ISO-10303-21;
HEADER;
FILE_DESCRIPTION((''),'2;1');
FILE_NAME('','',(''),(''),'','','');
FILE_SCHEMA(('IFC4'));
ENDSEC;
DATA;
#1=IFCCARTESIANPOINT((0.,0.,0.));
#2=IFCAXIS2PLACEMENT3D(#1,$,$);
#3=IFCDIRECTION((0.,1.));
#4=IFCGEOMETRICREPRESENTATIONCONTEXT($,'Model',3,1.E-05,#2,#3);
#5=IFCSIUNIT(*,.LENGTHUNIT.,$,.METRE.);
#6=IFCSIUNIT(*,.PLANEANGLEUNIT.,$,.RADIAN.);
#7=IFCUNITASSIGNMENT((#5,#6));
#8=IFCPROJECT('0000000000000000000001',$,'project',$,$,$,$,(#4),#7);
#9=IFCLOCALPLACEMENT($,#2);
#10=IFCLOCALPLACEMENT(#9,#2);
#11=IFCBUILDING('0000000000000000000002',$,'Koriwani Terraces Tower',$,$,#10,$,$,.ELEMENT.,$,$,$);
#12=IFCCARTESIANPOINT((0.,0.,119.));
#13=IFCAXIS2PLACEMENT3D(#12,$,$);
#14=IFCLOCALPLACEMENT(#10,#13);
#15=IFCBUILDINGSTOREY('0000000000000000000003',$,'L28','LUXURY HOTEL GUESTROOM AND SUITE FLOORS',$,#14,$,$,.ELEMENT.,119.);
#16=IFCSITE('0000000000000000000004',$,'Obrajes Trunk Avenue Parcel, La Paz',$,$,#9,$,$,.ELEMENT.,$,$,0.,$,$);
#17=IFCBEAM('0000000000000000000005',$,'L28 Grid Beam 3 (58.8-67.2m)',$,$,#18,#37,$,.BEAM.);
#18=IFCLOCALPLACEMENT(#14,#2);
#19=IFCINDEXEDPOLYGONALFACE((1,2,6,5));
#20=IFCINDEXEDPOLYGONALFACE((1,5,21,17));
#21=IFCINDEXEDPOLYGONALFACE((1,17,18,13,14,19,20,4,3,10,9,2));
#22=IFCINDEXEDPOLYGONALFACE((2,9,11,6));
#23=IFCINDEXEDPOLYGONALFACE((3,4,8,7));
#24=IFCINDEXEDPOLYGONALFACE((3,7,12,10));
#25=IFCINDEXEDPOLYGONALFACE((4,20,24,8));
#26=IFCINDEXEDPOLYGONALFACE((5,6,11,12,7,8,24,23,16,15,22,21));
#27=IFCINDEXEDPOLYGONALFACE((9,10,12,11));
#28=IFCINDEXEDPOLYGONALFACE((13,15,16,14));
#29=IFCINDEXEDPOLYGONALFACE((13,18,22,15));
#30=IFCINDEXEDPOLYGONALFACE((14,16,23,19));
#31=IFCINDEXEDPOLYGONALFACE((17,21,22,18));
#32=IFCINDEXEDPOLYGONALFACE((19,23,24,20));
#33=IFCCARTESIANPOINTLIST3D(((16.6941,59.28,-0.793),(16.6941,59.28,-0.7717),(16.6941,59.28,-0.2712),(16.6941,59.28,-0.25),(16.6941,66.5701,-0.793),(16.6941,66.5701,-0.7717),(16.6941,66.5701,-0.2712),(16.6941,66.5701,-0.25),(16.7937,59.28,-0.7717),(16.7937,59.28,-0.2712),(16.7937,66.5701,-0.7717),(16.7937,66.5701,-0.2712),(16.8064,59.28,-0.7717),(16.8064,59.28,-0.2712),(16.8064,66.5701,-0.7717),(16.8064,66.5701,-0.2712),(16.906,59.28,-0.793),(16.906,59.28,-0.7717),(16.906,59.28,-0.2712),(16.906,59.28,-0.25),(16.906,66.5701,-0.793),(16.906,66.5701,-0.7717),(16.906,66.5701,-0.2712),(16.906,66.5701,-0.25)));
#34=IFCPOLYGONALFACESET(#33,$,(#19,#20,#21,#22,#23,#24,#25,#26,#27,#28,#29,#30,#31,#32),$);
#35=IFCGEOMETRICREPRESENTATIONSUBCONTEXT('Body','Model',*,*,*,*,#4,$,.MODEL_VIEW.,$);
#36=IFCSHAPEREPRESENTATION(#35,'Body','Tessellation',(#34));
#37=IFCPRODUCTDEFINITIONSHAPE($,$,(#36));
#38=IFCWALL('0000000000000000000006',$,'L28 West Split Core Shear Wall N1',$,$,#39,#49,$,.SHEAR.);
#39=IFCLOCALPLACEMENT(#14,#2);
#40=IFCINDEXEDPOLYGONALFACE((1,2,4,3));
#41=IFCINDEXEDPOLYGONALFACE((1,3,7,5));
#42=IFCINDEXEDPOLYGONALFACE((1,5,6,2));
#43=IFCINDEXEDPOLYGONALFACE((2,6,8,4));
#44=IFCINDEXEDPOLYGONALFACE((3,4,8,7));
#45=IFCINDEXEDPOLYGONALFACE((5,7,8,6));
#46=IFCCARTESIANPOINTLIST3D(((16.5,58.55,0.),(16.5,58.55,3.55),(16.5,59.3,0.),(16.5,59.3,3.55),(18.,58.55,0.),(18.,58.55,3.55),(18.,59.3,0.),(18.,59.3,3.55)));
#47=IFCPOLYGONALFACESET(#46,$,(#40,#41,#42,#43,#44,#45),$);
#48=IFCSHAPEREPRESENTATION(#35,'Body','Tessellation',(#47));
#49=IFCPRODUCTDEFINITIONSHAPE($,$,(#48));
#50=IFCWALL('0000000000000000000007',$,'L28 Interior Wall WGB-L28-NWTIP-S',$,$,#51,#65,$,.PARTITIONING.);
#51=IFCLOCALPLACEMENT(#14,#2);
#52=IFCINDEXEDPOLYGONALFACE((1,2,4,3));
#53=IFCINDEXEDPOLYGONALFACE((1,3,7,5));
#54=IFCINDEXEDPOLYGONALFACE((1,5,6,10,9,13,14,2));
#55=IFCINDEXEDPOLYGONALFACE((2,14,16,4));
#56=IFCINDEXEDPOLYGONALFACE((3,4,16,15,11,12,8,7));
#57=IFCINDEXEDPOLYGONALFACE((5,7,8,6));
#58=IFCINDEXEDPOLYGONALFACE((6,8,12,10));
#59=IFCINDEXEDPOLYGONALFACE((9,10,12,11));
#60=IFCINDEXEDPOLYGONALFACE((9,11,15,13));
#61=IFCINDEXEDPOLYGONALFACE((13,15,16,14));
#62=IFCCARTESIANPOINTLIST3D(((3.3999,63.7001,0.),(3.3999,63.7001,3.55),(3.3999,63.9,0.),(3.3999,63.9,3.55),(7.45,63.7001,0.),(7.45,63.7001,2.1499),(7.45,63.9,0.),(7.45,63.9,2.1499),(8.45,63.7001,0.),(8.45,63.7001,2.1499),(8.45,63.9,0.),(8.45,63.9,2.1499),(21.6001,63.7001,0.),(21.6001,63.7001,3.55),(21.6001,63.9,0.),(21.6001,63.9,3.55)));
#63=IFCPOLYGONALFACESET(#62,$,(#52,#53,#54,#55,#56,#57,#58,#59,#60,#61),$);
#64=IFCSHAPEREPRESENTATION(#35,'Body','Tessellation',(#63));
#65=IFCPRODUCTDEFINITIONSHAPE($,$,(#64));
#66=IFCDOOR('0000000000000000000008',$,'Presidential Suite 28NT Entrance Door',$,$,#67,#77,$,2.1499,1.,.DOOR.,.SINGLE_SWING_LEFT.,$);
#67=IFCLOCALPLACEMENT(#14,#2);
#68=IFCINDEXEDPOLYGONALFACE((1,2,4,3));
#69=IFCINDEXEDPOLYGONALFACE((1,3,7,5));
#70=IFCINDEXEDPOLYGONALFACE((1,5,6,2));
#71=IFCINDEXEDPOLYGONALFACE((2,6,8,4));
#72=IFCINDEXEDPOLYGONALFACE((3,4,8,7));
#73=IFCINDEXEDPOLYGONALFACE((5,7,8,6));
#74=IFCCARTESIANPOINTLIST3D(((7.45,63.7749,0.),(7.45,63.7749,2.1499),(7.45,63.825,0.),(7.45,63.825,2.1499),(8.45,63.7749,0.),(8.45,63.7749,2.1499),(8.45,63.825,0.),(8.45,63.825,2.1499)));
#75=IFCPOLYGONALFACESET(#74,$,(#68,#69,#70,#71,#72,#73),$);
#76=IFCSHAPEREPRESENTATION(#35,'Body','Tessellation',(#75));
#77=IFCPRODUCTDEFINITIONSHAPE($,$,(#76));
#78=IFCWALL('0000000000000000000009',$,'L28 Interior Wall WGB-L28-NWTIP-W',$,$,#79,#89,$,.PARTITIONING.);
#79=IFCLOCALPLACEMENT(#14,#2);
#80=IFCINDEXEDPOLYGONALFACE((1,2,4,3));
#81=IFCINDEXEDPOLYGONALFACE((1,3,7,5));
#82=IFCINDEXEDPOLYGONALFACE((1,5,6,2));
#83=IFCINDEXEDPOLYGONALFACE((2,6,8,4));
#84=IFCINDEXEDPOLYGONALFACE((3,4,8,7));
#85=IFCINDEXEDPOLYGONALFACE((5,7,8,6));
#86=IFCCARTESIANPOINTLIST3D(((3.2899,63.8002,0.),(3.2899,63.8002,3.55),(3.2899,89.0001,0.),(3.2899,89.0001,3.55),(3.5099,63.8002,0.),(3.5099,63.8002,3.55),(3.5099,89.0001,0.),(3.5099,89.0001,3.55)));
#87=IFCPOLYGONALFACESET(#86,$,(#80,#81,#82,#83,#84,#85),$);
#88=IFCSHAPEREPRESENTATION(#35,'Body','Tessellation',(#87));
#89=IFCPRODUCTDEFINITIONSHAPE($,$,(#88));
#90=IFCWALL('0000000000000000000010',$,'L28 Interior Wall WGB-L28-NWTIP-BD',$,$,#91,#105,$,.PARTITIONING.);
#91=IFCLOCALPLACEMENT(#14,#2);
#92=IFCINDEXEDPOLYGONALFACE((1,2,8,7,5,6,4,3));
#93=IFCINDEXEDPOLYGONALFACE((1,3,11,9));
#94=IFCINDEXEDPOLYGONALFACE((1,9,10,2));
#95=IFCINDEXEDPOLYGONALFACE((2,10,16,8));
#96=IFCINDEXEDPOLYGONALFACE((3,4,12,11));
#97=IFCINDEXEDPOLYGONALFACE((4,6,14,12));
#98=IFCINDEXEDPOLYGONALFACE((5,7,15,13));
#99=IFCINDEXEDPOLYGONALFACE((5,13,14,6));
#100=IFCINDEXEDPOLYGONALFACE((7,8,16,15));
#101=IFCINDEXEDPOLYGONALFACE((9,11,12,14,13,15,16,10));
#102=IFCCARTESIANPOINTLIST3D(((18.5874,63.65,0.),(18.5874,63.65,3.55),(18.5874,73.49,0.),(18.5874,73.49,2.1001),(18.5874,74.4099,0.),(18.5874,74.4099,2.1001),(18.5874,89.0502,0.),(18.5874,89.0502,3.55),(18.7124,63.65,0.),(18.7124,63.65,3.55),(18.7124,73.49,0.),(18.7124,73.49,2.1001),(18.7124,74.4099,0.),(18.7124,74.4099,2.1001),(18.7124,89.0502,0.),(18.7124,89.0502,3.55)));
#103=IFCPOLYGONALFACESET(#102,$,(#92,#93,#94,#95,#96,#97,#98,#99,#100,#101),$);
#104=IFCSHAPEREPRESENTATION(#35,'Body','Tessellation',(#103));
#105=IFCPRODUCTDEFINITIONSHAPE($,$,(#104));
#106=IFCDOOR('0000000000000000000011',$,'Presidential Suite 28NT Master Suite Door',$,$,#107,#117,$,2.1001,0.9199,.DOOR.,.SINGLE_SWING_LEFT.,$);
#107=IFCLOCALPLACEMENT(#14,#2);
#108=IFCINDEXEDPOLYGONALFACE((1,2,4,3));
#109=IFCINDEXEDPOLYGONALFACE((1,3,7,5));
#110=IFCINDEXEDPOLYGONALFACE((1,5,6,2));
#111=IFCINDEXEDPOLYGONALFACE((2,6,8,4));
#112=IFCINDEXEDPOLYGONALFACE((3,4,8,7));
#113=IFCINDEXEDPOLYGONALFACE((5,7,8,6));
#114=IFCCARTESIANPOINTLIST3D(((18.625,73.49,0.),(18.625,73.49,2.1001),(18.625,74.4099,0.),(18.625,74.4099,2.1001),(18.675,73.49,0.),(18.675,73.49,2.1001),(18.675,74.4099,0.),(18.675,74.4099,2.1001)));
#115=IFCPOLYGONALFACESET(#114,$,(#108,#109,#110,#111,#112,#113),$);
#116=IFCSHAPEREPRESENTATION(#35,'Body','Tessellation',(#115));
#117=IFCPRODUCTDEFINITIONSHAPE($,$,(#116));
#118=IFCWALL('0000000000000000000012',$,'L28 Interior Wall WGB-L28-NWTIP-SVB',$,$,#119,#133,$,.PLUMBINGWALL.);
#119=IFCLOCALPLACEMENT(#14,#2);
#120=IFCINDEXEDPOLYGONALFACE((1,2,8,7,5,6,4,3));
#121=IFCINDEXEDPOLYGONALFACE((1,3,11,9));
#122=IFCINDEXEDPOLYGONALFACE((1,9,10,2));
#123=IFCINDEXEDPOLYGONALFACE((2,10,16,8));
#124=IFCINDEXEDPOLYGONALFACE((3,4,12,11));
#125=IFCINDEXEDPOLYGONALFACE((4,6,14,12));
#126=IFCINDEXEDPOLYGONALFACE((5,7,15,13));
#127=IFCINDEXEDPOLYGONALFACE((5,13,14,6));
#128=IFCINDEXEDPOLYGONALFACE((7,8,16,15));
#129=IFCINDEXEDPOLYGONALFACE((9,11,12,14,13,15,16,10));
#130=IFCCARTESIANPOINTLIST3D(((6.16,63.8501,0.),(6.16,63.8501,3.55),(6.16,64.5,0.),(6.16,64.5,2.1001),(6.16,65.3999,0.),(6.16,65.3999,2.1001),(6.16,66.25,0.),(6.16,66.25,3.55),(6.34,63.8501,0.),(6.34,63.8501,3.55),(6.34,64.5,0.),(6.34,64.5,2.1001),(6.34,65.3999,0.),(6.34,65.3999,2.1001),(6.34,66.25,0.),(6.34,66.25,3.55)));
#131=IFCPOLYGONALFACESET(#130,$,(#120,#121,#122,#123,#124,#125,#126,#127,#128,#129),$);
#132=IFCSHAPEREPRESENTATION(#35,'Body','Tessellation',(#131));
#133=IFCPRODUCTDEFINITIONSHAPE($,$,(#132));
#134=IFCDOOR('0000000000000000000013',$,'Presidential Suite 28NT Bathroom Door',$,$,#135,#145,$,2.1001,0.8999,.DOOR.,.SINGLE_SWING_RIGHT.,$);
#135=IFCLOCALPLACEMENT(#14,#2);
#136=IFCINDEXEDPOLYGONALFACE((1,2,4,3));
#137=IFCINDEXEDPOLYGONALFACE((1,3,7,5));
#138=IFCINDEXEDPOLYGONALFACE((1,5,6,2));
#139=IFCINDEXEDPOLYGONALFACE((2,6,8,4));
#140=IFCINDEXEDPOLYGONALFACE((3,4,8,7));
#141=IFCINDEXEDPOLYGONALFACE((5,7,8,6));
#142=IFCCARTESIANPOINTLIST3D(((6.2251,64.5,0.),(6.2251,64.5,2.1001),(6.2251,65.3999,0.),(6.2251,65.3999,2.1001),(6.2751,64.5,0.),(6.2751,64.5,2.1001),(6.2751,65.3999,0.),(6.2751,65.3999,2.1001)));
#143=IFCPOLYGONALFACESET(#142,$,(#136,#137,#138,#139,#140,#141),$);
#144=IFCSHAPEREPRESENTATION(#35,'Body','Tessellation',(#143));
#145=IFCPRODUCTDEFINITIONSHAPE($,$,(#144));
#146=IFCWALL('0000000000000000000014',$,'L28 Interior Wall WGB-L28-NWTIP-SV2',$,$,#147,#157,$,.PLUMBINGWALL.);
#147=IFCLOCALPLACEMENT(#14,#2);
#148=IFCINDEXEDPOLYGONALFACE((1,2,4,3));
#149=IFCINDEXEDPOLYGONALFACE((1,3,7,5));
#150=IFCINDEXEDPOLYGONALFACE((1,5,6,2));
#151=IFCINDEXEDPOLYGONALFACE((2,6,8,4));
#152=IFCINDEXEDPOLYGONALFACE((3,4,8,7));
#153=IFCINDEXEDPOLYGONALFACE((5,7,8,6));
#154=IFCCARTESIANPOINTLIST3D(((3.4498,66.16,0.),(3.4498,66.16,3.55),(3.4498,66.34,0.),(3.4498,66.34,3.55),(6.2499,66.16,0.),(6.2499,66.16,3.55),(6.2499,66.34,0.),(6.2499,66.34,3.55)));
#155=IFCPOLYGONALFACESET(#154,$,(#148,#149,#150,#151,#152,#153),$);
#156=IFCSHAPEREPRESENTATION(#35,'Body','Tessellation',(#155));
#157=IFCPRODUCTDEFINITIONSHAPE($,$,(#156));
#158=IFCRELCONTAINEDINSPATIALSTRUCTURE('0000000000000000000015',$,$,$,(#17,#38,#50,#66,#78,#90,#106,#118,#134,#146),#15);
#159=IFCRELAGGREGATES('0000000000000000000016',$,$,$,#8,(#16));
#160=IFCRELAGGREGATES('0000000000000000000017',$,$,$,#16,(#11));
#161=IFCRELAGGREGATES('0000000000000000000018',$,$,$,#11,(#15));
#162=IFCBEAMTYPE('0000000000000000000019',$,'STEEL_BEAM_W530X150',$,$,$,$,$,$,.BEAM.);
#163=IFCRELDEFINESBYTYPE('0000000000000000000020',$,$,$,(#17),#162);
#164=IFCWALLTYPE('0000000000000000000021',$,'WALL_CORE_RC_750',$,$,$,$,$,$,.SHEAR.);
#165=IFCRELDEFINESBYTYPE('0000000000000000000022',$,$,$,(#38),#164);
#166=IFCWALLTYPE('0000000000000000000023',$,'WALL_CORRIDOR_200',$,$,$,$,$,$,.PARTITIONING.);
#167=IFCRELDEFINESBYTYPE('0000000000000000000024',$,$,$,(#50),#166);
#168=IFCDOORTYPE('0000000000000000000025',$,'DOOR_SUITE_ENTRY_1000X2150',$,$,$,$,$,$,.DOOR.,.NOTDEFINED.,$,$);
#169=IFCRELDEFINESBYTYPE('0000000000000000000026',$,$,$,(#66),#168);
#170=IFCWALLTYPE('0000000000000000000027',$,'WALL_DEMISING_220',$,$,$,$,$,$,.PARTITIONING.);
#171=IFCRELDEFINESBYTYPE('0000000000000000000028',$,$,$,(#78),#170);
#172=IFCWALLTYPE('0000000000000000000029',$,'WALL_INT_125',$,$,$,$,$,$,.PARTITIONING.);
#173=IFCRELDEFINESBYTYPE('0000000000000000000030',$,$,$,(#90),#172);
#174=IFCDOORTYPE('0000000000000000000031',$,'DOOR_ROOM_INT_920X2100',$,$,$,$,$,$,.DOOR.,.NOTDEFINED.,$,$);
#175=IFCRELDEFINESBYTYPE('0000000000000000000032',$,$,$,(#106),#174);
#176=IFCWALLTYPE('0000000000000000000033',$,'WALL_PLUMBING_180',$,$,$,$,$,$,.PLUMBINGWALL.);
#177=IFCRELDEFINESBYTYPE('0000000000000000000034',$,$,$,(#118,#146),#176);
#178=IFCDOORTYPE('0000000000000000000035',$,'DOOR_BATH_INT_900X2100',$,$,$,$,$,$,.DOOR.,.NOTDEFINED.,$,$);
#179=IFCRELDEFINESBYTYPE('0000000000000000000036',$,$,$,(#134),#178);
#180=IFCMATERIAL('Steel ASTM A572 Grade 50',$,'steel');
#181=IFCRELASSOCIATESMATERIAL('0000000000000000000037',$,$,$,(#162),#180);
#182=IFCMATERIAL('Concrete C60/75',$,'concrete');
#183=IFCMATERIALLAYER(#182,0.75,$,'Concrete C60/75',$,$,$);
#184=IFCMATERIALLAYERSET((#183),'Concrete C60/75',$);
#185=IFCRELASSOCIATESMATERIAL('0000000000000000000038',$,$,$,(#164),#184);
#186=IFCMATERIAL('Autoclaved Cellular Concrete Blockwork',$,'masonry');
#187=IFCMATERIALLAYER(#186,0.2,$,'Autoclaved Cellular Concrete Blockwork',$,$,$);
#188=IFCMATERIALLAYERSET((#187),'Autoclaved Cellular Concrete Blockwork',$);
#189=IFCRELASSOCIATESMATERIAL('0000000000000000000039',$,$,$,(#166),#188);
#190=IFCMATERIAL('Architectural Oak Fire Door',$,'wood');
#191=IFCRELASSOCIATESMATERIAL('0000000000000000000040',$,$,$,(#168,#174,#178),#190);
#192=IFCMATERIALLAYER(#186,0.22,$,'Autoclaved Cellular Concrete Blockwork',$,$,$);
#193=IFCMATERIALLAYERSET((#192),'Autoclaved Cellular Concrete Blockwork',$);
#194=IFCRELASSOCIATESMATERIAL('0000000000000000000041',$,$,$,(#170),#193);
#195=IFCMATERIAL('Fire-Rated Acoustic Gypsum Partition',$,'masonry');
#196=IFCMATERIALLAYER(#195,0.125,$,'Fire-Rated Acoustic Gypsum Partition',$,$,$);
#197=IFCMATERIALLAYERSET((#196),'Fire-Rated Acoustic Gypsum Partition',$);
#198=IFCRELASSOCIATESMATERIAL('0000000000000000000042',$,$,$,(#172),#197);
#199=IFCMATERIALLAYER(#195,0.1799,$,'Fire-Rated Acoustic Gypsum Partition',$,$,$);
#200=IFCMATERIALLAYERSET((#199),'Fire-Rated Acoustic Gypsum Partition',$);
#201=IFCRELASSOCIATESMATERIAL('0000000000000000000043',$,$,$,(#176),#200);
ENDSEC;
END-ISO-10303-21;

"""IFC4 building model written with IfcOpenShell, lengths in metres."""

from ifc_helpers import new_model, si_unit, direction, frame, frame_2d, origin, origin_2d, place, context, subcontext, project, spatial, rectangle, i_section, extrude, material, layer, layer_set, material_profile, profile_set, type_object, element, fill, save


model = new_model("IFC4")

# Units and contexts
model_context = context("Model", 3, precision=1e-05, world=origin(), true_north=direction((0.0, 1.0)))
body_context = subcontext(model_context, "Body", "Model", "MODEL_VIEW")
ifc_project = project(units=[si_unit("LENGTHUNIT", "METRE"), si_unit("PLANEANGLEUNIT", "RADIAN")], contexts=[model_context])

# Site, building, storey
site_placement = place(None, origin())
site = spatial("IfcSite", under=ifc_project, at=site_placement, Name="Obrajes Trunk Avenue Parcel, La Paz", CompositionType="ELEMENT", RefElevation=0.0)
building_placement = place(site_placement, origin())
building = spatial("IfcBuilding", under=site, at=building_placement, Name="Koriwani Terraces Tower", CompositionType="ELEMENT")
storey_placement = place(building_placement, frame((0.0, 0.0, 119.0)))
storey = spatial("IfcBuildingStorey", under=building, at=storey_placement, Name="L28", Description="LUXURY HOTEL GUESTROOM AND SUITE FLOORS", CompositionType="ELEMENT", Elevation=119.0)

# Shared definitions
ifc_material_1 = material(Name="Concrete C60/75", Category="concrete")

# Beam
ifc_material_2 = material(Name="Steel ASTM A572 Grade 50", Category="steel")
ifc_material_profile_1 = material_profile(ifc_material_2, i_section(OverallWidth=0.2119, OverallDepth=0.543, WebThickness=0.0127, FlangeThickness=0.0212, at=origin_2d()), Name="Steel ASTM A572 Grade 50", Category="LoadBearing")
ifc_profile_set_1 = profile_set([ifc_material_profile_1], Name="Steel ASTM A572 Grade 50")
beam_type_1 = type_object("IfcBeamType", Name="STEEL_BEAM_W530X150", PredefinedType="BEAM", material=ifc_profile_set_1)
beam_1_placement = place(storey_placement, frame((16.8, 59.28, -0.5215), z_axis=(0.0, 1.0, 0.0), x_axis=(-1.0, 0.0, 0.0)))
element("IfcBeam", 1, at=beam_1_placement, inside=storey, type_object=beam_type_1, Name="L28 Grid Beam 3 (58.8-67.2m)", PredefinedType="BEAM", context=body_context, shape_type="SweptSolid", body=[
    extrude(i_section(OverallWidth=0.2119, OverallDepth=0.543, WebThickness=0.0127, FlangeThickness=0.0212, at=origin_2d()), origin(), (0.0, 0.0, 1.0), 7.29),
])

# Wall
ifc_layer_1 = layer(ifc_material_1, 0.75, Name="Concrete C60/75")
ifc_layer_set_1 = layer_set([ifc_layer_1], Name="Concrete C60/75")
wall_type_1 = type_object("IfcWallType", Name="WALL_CORE_RC_750", PredefinedType="SHEAR", material=ifc_layer_set_1)
wall_1_placement = place(storey_placement, frame((16.5, 58.925, 0.0), z_axis=(0.0, 0.0, 1.0), x_axis=(1.0, 0.0, 0.0)))
element("IfcWall", 2, at=wall_1_placement, inside=storey, type_object=wall_type_1, Name="L28 West Split Core Shear Wall N1", PredefinedType="SHEAR", context=body_context, shape_type="SweptSolid", body=[
    extrude(rectangle(XDim=1.5, YDim=0.75, at=frame_2d((0.75, 0.0))), origin(), (0.0, 0.0, 1.0), 3.55),
])

# Wall, opening, door
ifc_material_3 = material(Name="Autoclaved Cellular Concrete Blockwork", Category="masonry")
ifc_layer_2 = layer(ifc_material_3, 0.2, Name="Autoclaved Cellular Concrete Blockwork")
ifc_layer_set_2 = layer_set([ifc_layer_2], Name="Autoclaved Cellular Concrete Blockwork")
wall_type_2 = type_object("IfcWallType", Name="WALL_CORRIDOR_200", PredefinedType="PARTITIONING", material=ifc_layer_set_2)
wall_2_placement = place(storey_placement, frame((3.3999, 63.8, 0.0), z_axis=(0.0, 0.0, 1.0), x_axis=(1.0, 0.0, 0.0)))
wall_2 = element("IfcWall", 3, at=wall_2_placement, inside=storey, type_object=wall_type_2, Name="L28 Interior Wall WGB-L28-NWTIP-S", PredefinedType="PARTITIONING", context=body_context, shape_type="SweptSolid", body=[
    extrude(rectangle(XDim=18.2002, YDim=0.2, at=frame_2d((9.1001, 0.0))), origin(), (0.0, 0.0, 1.0), 3.55),
])
opening_1_placement = place(wall_2_placement, frame((4.05, 0.0, 0.0)))
opening_1 = element("IfcOpeningElement", 4, at=opening_1_placement, cuts=wall_2, PredefinedType="OPENING", context=body_context, shape_type="SweptSolid", body=[
    extrude(rectangle(XDim=1.0, YDim=2.1499, at=frame_2d((0.5, 1.075))), frame((0.0, 0.1099, 0.0), z_axis=(0.0, -1.0, 0.0), x_axis=(1.0, 0.0, 0.0)), (0.0, 0.0, 1.0), 0.22),
])
ifc_material_4 = material(Name="Architectural Oak Fire Door", Category="wood")
door_type_1 = type_object("IfcDoorType", Name="DOOR_SUITE_ENTRY_1000X2150", OperationType="NOTDEFINED", PredefinedType="DOOR", material=ifc_material_4)
door_1_placement = place(opening_1_placement, origin())
door_1 = element("IfcDoor", 5, at=door_1_placement, inside=storey, type_object=door_type_1, Name="Presidential Suite 28NT Entrance Door", OperationType="SINGLE_SWING_LEFT", OverallHeight=2.1499, OverallWidth=1.0, PredefinedType="DOOR", context=body_context, shape_type="SweptSolid", body=[
    extrude(rectangle(XDim=1.0, YDim=2.1499, at=frame_2d((0.5, 1.075))), frame((0.0, 0.0249, 0.0), z_axis=(0.0, -1.0, 0.0), x_axis=(1.0, 0.0, 0.0)), (0.0, 0.0, 1.0), 0.05),
])
fill(opening_1, door_1)

# Wall
ifc_layer_3 = layer(ifc_material_3, 0.22, Name="Autoclaved Cellular Concrete Blockwork")
ifc_layer_set_3 = layer_set([ifc_layer_3], Name="Autoclaved Cellular Concrete Blockwork")
wall_type_3 = type_object("IfcWallType", Name="WALL_DEMISING_220", PredefinedType="PARTITIONING", material=ifc_layer_set_3)
wall_3_placement = place(storey_placement, frame((3.3999, 63.8, 0.0), z_axis=(0.0, 0.0, 1.0), x_axis=(0.0, 1.0, 0.0)))
element("IfcWall", 6, at=wall_3_placement, inside=storey, type_object=wall_type_3, Name="L28 Interior Wall WGB-L28-NWTIP-W", PredefinedType="PARTITIONING", context=body_context, shape_type="SweptSolid", body=[
    extrude(rectangle(XDim=25.2, YDim=0.22, at=frame_2d((12.6001, 0.0))), origin(), (0.0, 0.0, 1.0), 3.55),
])

# Walls, openings, doors
ifc_material_5 = material(Name="Fire-Rated Acoustic Gypsum Partition", Category="masonry")
ifc_layer_4 = layer(ifc_material_5, 0.125, Name="Fire-Rated Acoustic Gypsum Partition")
ifc_layer_set_4 = layer_set([ifc_layer_4], Name="Fire-Rated Acoustic Gypsum Partition")
wall_type_4 = type_object("IfcWallType", Name="WALL_INT_125", PredefinedType="PARTITIONING", material=ifc_layer_set_4)
wall_4_placement = place(storey_placement, frame((18.6499, 63.6499, 0.0), z_axis=(0.0, 0.0, 1.0), x_axis=(0.0, 1.0, 0.0)))
wall_4 = element("IfcWall", 7, at=wall_4_placement, inside=storey, type_object=wall_type_4, Name="L28 Interior Wall WGB-L28-NWTIP-BD", PredefinedType="PARTITIONING", context=body_context, shape_type="SweptSolid", body=[
    extrude(rectangle(XDim=25.4001, YDim=0.125, at=frame_2d((12.7002, 0.0))), origin(), (0.0, 0.0, 1.0), 3.55),
])
opening_2_placement = place(wall_4_placement, frame((9.8401, 0.0, 0.0)))
opening_2 = element("IfcOpeningElement", 8, at=opening_2_placement, cuts=wall_4, PredefinedType="OPENING", context=body_context, shape_type="SweptSolid", body=[
    extrude(rectangle(XDim=0.9199, YDim=2.1001, at=frame_2d((0.46, 1.05))), frame((0.0, 0.0725, 0.0), z_axis=(0.0, -1.0, 0.0), x_axis=(1.0, 0.0, 0.0)), (0.0, 0.0, 1.0), 0.145),
])
door_type_2 = type_object("IfcDoorType", Name="DOOR_ROOM_INT_920X2100", OperationType="NOTDEFINED", PredefinedType="DOOR", material=ifc_material_4)
door_2_placement = place(opening_2_placement, origin())
door_2 = element("IfcDoor", 9, at=door_2_placement, inside=storey, type_object=door_type_2, Name="Presidential Suite 28NT Master Suite Door", OperationType="SINGLE_SWING_LEFT", OverallHeight=2.1001, OverallWidth=0.9199, PredefinedType="DOOR", context=body_context, shape_type="SweptSolid", body=[
    extrude(rectangle(XDim=0.9199, YDim=2.1001, at=frame_2d((0.46, 1.05))), frame((0.0, 0.0249, 0.0), z_axis=(0.0, -1.0, 0.0), x_axis=(1.0, 0.0, 0.0)), (0.0, 0.0, 1.0), 0.05),
])
fill(opening_2, door_2)
ifc_layer_5 = layer(ifc_material_5, 0.1799, Name="Fire-Rated Acoustic Gypsum Partition")
ifc_layer_set_5 = layer_set([ifc_layer_5], Name="Fire-Rated Acoustic Gypsum Partition")
wall_type_5 = type_object("IfcWallType", Name="WALL_PLUMBING_180", PredefinedType="PLUMBINGWALL", material=ifc_layer_set_5)
wall_5_placement = place(storey_placement, frame((6.25, 63.8501, 0.0), z_axis=(0.0, 0.0, 1.0), x_axis=(0.0, 1.0, 0.0)))
wall_5 = element("IfcWall", 10, at=wall_5_placement, inside=storey, type_object=wall_type_5, Name="L28 Interior Wall WGB-L28-NWTIP-SVB", PredefinedType="PLUMBINGWALL", context=body_context, shape_type="SweptSolid", body=[
    extrude(rectangle(XDim=2.3999, YDim=0.1799, at=frame_2d((1.2, 0.0))), origin(), (0.0, 0.0, 1.0), 3.55),
])
opening_3_placement = place(wall_5_placement, frame((0.6499, 0.0, 0.0)))
opening_3 = element("IfcOpeningElement", 11, at=opening_3_placement, cuts=wall_5, PredefinedType="OPENING", context=body_context, shape_type="SweptSolid", body=[
    extrude(rectangle(XDim=0.8999, YDim=2.1001, at=frame_2d((0.45, 1.05))), frame((0.0, 0.1001, 0.0), z_axis=(0.0, -1.0, 0.0), x_axis=(1.0, 0.0, 0.0)), (0.0, 0.0, 1.0), 0.2),
])
door_type_3 = type_object("IfcDoorType", Name="DOOR_BATH_INT_900X2100", OperationType="NOTDEFINED", PredefinedType="DOOR", material=ifc_material_4)
door_3_placement = place(opening_3_placement, origin())
door_3 = element("IfcDoor", 12, at=door_3_placement, inside=storey, type_object=door_type_3, Name="Presidential Suite 28NT Bathroom Door", OperationType="SINGLE_SWING_RIGHT", OverallHeight=2.1001, OverallWidth=0.8999, PredefinedType="DOOR", context=body_context, shape_type="SweptSolid", body=[
    extrude(rectangle(XDim=0.8999, YDim=2.1001, at=frame_2d((0.45, 1.05))), frame((0.0, 0.0249, 0.0), z_axis=(0.0, -1.0, 0.0), x_axis=(1.0, 0.0, 0.0)), (0.0, 0.0, 1.0), 0.05),
])
fill(opening_3, door_3)

# Wall
wall_6_placement = place(storey_placement, frame((3.45, 66.25, 0.0), z_axis=(0.0, 0.0, 1.0), x_axis=(1.0, 0.0, 0.0)))
element("IfcWall", 13, at=wall_6_placement, inside=storey, type_object=wall_type_5, Name="L28 Interior Wall WGB-L28-NWTIP-SV2", PredefinedType="PLUMBINGWALL", context=body_context, shape_type="SweptSolid", body=[
    extrude(rectangle(XDim=2.8, YDim=0.1799, at=frame_2d((1.3999, 0.0))), origin(), (0.0, 0.0, 1.0), 3.55),
])

save(model, "model.ifc")
